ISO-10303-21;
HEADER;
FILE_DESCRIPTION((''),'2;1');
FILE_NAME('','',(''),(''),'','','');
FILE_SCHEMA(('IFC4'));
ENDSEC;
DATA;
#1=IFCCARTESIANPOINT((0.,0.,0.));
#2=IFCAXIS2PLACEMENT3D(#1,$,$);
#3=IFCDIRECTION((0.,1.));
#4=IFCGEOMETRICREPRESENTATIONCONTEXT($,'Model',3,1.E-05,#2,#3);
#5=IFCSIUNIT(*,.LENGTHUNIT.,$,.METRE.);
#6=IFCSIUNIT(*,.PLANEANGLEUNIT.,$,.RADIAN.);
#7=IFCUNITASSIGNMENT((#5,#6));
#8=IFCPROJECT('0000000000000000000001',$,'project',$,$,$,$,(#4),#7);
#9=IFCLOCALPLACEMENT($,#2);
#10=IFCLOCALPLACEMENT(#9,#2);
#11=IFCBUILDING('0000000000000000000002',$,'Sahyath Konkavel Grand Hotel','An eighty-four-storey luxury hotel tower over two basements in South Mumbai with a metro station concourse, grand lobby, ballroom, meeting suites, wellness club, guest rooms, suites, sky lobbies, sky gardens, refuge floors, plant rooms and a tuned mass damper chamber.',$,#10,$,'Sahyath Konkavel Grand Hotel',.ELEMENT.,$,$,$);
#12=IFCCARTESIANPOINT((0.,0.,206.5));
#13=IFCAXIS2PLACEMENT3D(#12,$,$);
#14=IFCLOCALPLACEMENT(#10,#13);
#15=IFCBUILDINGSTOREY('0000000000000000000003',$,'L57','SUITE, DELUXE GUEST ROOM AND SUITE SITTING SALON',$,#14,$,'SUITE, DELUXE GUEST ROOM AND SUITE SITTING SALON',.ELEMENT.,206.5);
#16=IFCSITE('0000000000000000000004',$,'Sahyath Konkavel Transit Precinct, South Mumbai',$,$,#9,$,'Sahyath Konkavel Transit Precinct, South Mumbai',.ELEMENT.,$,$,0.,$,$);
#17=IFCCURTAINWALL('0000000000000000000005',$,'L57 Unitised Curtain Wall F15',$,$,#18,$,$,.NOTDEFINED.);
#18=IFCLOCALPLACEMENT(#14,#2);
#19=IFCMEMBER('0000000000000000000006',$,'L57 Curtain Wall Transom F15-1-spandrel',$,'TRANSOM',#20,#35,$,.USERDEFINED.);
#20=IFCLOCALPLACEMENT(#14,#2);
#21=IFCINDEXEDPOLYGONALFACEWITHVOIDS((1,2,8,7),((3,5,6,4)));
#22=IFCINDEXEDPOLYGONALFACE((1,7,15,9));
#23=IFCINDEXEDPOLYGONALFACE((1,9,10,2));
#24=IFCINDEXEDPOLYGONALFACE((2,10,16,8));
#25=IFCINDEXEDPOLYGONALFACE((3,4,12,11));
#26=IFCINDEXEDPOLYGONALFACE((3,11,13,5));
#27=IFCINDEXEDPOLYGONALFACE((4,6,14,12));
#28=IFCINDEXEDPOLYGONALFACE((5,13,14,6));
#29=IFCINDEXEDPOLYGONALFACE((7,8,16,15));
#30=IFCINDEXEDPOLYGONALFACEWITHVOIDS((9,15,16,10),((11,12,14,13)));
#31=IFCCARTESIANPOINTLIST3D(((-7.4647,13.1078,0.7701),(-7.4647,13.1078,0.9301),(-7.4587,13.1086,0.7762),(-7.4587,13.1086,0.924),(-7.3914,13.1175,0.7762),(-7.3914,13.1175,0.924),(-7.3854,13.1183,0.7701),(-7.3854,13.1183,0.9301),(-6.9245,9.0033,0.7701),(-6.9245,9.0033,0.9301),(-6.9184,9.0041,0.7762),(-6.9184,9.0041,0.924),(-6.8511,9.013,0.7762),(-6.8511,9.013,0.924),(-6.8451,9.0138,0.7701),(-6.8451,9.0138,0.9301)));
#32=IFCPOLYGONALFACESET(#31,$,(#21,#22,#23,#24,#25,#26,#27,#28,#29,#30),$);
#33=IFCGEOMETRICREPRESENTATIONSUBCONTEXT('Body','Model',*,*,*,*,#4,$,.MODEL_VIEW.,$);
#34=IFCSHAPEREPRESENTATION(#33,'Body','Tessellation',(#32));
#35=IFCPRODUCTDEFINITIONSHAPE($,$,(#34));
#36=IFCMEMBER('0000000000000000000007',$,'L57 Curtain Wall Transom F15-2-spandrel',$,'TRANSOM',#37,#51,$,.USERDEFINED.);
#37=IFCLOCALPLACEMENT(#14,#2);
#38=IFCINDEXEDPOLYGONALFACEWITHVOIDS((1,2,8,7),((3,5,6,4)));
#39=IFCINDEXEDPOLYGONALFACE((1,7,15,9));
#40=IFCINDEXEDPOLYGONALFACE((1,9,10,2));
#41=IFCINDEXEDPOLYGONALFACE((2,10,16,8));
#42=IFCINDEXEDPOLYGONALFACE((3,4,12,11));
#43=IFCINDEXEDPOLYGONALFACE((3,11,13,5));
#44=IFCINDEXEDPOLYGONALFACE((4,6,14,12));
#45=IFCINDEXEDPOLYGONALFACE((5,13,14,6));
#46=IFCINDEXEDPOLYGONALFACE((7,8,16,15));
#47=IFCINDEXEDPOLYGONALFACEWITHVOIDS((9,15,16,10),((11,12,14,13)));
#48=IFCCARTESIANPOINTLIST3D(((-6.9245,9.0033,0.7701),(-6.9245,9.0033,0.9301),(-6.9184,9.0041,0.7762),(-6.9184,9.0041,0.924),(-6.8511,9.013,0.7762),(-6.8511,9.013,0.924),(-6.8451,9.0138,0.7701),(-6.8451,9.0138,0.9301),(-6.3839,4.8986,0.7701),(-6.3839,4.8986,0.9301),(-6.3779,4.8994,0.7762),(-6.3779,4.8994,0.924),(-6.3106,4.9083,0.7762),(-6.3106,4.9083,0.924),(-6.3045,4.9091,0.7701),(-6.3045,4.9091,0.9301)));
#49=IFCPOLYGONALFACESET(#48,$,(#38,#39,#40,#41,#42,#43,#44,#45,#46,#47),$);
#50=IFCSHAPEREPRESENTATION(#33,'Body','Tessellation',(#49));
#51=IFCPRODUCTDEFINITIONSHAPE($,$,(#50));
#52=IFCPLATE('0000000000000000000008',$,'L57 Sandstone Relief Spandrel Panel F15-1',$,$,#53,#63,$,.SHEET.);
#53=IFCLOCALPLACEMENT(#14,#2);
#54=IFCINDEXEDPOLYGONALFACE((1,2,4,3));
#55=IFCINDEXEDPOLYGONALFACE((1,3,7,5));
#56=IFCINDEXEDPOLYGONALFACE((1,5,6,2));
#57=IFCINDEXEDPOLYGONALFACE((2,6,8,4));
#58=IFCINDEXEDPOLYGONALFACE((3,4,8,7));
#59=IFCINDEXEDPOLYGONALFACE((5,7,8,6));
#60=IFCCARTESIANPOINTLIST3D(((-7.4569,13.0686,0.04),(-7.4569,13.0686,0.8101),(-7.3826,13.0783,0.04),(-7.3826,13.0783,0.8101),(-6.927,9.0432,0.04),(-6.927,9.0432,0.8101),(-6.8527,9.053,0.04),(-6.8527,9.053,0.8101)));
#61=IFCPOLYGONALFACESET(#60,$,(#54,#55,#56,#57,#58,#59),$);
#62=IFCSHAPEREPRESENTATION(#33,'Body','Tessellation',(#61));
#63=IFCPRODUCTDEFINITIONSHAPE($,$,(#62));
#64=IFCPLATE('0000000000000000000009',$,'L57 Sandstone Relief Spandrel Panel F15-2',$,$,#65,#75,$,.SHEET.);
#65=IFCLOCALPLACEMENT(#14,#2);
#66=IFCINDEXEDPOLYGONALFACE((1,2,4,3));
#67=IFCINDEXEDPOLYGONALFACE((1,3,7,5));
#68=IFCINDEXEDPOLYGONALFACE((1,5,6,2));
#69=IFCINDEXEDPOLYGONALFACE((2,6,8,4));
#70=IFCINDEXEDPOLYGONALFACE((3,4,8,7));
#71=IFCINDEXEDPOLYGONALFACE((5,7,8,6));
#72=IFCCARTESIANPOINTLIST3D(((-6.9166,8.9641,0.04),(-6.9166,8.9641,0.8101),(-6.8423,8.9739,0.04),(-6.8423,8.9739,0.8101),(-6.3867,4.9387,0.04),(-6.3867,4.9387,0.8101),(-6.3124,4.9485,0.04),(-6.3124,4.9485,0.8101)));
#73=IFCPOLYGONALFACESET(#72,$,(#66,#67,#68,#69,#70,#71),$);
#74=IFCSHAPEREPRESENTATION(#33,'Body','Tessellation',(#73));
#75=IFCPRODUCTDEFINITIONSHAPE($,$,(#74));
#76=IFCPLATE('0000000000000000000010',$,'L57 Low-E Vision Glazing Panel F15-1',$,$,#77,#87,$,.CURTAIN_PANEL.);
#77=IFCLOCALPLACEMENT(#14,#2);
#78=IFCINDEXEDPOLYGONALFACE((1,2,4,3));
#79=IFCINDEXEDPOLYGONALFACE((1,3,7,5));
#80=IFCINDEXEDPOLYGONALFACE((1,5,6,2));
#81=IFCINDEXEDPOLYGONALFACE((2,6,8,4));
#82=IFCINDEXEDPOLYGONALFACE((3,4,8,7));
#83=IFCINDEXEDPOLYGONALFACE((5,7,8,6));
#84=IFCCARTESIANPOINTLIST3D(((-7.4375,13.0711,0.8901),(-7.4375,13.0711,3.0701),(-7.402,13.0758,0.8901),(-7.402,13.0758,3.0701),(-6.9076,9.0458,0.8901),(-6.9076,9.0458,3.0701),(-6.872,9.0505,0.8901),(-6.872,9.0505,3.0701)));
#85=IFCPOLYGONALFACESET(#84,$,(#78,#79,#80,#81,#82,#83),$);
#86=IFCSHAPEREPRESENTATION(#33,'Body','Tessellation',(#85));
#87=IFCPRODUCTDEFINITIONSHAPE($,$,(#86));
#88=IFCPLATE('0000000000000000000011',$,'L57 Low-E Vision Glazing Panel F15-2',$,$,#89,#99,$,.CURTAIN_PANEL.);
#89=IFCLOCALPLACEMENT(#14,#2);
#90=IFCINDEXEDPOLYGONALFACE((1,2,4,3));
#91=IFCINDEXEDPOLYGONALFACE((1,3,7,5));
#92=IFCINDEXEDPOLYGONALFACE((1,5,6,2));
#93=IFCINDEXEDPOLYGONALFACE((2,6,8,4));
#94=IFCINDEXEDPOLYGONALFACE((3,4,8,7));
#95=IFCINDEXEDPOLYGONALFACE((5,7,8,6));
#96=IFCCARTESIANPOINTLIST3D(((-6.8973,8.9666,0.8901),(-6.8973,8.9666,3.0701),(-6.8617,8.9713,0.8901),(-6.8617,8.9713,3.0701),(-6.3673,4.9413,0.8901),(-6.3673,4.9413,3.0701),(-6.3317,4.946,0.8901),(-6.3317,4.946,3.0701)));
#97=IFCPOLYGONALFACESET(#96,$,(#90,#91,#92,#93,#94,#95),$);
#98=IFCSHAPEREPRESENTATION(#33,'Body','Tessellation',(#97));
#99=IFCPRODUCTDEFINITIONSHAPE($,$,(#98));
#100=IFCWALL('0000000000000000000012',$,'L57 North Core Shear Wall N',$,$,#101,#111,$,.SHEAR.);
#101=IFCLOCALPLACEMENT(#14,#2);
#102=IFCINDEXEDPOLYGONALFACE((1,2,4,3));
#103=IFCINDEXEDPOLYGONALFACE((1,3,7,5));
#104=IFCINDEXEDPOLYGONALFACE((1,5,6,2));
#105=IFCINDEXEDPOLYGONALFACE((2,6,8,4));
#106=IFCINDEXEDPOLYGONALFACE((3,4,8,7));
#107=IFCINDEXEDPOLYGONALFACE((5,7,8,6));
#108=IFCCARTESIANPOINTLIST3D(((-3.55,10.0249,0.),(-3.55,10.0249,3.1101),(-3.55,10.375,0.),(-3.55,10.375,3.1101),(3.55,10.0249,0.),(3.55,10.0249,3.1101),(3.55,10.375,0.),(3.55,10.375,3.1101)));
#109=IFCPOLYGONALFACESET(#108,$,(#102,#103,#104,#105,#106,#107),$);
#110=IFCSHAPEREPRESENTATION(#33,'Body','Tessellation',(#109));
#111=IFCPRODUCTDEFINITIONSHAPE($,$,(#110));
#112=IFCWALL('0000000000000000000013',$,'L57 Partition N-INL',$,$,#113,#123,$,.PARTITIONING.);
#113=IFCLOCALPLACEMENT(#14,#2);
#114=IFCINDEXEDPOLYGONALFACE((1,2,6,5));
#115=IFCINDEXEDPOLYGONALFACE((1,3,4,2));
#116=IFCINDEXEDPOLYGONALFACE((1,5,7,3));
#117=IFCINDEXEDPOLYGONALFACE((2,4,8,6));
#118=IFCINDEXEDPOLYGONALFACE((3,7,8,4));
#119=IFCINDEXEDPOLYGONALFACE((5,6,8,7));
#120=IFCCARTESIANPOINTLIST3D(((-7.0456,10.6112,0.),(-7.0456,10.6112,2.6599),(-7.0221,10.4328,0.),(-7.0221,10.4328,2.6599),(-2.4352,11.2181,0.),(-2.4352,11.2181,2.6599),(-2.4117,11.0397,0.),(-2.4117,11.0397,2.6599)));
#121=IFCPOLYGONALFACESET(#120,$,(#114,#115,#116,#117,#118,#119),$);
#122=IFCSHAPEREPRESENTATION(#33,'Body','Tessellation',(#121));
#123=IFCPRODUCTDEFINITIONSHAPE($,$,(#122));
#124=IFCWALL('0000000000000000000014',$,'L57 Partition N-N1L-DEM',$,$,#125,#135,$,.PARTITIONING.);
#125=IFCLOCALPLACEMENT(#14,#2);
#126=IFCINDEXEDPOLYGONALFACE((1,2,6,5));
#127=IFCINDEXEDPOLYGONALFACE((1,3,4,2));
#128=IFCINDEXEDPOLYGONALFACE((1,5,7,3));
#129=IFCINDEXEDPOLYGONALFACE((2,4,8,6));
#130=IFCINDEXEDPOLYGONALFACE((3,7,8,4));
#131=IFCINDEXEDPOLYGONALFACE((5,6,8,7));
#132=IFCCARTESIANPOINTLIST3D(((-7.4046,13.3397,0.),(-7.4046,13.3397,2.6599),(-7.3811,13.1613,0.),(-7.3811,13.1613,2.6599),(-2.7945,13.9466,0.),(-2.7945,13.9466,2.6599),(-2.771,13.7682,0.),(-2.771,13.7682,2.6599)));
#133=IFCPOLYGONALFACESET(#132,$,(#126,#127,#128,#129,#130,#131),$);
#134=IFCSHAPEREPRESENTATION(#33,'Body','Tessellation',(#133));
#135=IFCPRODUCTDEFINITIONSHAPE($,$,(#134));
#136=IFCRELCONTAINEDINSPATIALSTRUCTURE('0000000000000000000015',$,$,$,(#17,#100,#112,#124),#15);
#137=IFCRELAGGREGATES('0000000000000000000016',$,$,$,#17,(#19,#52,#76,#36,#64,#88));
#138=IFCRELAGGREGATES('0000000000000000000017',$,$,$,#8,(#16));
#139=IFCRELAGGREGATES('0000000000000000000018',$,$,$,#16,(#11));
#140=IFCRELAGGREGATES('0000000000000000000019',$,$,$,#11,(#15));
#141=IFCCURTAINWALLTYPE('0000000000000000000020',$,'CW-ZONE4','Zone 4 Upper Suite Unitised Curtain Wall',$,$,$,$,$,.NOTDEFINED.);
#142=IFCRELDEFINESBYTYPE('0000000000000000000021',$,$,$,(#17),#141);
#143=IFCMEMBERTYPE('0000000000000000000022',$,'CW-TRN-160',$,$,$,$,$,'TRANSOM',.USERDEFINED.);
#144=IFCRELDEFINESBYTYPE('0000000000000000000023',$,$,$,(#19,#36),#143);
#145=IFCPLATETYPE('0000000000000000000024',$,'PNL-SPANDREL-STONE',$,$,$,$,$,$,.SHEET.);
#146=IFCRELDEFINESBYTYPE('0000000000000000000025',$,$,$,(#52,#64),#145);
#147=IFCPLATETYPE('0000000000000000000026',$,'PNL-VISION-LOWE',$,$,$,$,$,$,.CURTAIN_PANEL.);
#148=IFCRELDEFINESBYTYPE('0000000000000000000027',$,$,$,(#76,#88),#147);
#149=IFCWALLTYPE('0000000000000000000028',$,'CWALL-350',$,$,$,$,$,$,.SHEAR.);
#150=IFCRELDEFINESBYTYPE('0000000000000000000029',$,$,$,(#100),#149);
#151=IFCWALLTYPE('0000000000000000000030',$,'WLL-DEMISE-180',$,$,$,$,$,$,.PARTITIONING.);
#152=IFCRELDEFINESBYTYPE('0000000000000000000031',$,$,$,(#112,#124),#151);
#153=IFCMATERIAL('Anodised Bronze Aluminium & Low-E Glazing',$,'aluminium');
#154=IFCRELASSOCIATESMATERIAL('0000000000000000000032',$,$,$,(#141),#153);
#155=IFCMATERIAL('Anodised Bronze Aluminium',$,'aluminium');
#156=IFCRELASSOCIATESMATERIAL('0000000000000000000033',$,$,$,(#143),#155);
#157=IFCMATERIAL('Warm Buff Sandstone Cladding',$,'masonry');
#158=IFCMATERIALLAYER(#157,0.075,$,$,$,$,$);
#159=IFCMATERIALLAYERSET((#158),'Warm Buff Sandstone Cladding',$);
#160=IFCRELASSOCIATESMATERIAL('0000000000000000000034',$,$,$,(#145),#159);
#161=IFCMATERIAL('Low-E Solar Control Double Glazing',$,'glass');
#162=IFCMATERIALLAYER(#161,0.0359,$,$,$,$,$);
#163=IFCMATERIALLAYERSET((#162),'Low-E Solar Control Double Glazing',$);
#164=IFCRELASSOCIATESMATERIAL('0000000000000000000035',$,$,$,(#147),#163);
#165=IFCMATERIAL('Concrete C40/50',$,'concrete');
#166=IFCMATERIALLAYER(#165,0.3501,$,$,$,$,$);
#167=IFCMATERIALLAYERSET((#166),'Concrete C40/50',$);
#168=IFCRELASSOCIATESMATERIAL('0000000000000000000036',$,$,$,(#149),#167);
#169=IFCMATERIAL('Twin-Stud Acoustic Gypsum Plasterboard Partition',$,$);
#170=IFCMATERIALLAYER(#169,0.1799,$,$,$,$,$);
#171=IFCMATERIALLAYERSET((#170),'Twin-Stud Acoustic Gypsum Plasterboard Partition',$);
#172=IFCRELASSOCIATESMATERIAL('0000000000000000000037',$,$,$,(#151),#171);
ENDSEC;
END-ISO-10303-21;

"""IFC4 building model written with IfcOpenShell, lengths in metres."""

from ifc_helpers import new_model, si_unit, direction, frame, frame_2d, origin, origin_2d, place, context, subcontext, project, spatial, rectangle, hollow_rectangle, extrude, source, transform, mapped, material, layer, layer_set, material_profile, profile_set, type_object, element, aggregate, save


model = new_model("IFC4")

# Units and contexts
model_context = context("Model", 3, precision=1e-05, world=origin(), true_north=direction((0.0, 1.0)))
body_context = subcontext(model_context, "Body", "Model", "MODEL_VIEW")
ifc_project = project(units=[si_unit("LENGTHUNIT", "METRE"), si_unit("PLANEANGLEUNIT", "RADIAN")], contexts=[model_context])

# Site, building, storey
site_placement = place(None, origin())
site = spatial("IfcSite", under=ifc_project, at=site_placement, Name="Sahyath Konkavel Transit Precinct, South Mumbai", LongName="Sahyath Konkavel Transit Precinct, South Mumbai", CompositionType="ELEMENT", RefElevation=0.0)
building_placement = place(site_placement, origin())
building = spatial("IfcBuilding", under=site, at=building_placement, Name="Sahyath Konkavel Grand Hotel", Description="An eighty-four-storey luxury hotel tower over two basements in South Mumbai with a metro station concourse, grand lobby, ballroom, meeting suites, wellness club, guest rooms, suites, sky lobbies, sky gardens, refuge floors, plant rooms and a tuned mass damper chamber.", LongName="Sahyath Konkavel Grand Hotel", CompositionType="ELEMENT")
storey_placement = place(building_placement, frame((0.0, 0.0, 206.5)))
storey = spatial("IfcBuildingStorey", under=building, at=storey_placement, Name="L57", Description="SUITE, DELUXE GUEST ROOM AND SUITE SITTING SALON", LongName="SUITE, DELUXE GUEST ROOM AND SUITE SITTING SALON", CompositionType="ELEMENT", Elevation=206.5)

# Curtain wall
ifc_material_1 = material(Name="Anodised Bronze Aluminium & Low-E Glazing", Category="aluminium")
curtain_wall_type = type_object("IfcCurtainWallType", Name="CW-ZONE4", Description="Zone 4 Upper Suite Unitised Curtain Wall", PredefinedType="NOTDEFINED", material=ifc_material_1)
curtain_wall_placement = place(storey_placement, origin())
curtain_wall = element("IfcCurtainWall", 1, at=curtain_wall_placement, inside=storey, type_object=curtain_wall_type, Name="L57 Unitised Curtain Wall F15", PredefinedType="NOTDEFINED")
ifc_material_2 = material(Name="Anodised Bronze Aluminium", Category="aluminium")

# Members
ifc_material_profile_1 = material_profile(ifc_material_2, hollow_rectangle(XDim=0.0801, YDim=0.1599, WallThickness=0.0061, at=origin_2d()), Name="RHS 160x80x6")
ifc_profile_set_1 = profile_set([ifc_material_profile_1], Name="Anodised Bronze Aluminium")
member_type_1 = type_object("IfcMemberType", Name="CW-TRN-160", ElementType="TRANSOM", PredefinedType="USERDEFINED", material=ifc_profile_set_1)
shared_shape_1 = source(origin(), body_context, "Body", "SweptSolid", [
    extrude(hollow_rectangle(XDim=0.0801, YDim=0.1599, WallThickness=0.0061, at=origin_2d()), origin(), (0.0, 0.0, 1.0), 4.1399),
])
member_1_placement = place(storey_placement, frame((-7.425, 13.113, 0.8501), z_axis=(0.130506, -0.991447, 0.0), x_axis=(0.991447, 0.130506, 0.0)))
member_1 = element("IfcMember", 2, at=member_1_placement, type_object=member_type_1, Name="L57 Curtain Wall Transom F15-1-spandrel", ObjectType="TRANSOM", PredefinedType="USERDEFINED", context=body_context, shape_type="MappedRepresentation", body=[
    mapped(shared_shape_1, transform((0.0, 0.0, 0.0), scale=1.0)),
])
shared_shape_2 = source(origin(), body_context, "Body", "SweptSolid", [
    extrude(hollow_rectangle(XDim=0.0801, YDim=0.1599, WallThickness=0.0061, at=origin_2d()), origin(), (0.0, 0.0, 1.0), 4.1401),
])
member_2_placement = place(storey_placement, frame((-6.8848, 9.0085, 0.8501), z_axis=(0.130557, -0.991441, 0.0), x_axis=(0.991441, 0.130557, 0.0)))
member_2 = element("IfcMember", 3, at=member_2_placement, type_object=member_type_1, Name="L57 Curtain Wall Transom F15-2-spandrel", ObjectType="TRANSOM", PredefinedType="USERDEFINED", context=body_context, shape_type="MappedRepresentation", body=[
    mapped(shared_shape_2, transform((0.0, 0.0, 0.0), scale=1.0)),
])

# Plates
ifc_material_3 = material(Name="Warm Buff Sandstone Cladding", Category="masonry")
ifc_layer_1 = layer(ifc_material_3, 0.075)
ifc_layer_set_1 = layer_set([ifc_layer_1], Name="Warm Buff Sandstone Cladding")
plate_type_1 = type_object("IfcPlateType", Name="PNL-SPANDREL-STONE", PredefinedType="SHEET", material=ifc_layer_set_1)
shared_shape_3 = source(origin(), body_context, "Body", "SweptSolid", [
    extrude(rectangle(XDim=4.0601, YDim=0.075, at=origin_2d()), origin(), (0.0, 0.0, 1.0), 0.77),
])
plate_1_placement = place(storey_placement, frame((-7.1548, 11.0608, 0.04), z_axis=(0.0, 0.0, 1.0), x_axis=(0.130526, -0.991445, 0.0)))
plate_1 = element("IfcPlate", 4, at=plate_1_placement, type_object=plate_type_1, Name="L57 Sandstone Relief Spandrel Panel F15-1", PredefinedType="SHEET", context=body_context, shape_type="MappedRepresentation", body=[
    mapped(shared_shape_3, transform((0.0, 0.0, 0.0), scale=1.0)),
])
plate_2_placement = place(storey_placement, frame((-6.6145, 6.9563, 0.04), z_axis=(0.0, 0.0, 1.0), x_axis=(0.130526, -0.991445, 0.0)))
plate_2 = element("IfcPlate", 5, at=plate_2_placement, type_object=plate_type_1, Name="L57 Sandstone Relief Spandrel Panel F15-2", PredefinedType="SHEET", context=body_context, shape_type="MappedRepresentation", body=[
    mapped(shared_shape_3, transform((0.0, 0.0, 0.0), scale=1.0)),
])
ifc_material_4 = material(Name="Low-E Solar Control Double Glazing", Category="glass")
ifc_layer_2 = layer(ifc_material_4, 0.0359)
ifc_layer_set_2 = layer_set([ifc_layer_2], Name="Low-E Solar Control Double Glazing")
plate_type_2 = type_object("IfcPlateType", Name="PNL-VISION-LOWE", PredefinedType="CURTAIN_PANEL", material=ifc_layer_set_2)
shared_shape_4 = source(origin(), body_context, "Body", "SweptSolid", [
    extrude(rectangle(XDim=4.0601, YDim=0.0359, at=origin_2d()), origin(), (0.0, 0.0, 1.0), 2.1799),
])
plate_3_placement = place(storey_placement, frame((-7.1548, 11.0608, 0.8901), z_axis=(0.0, 0.0, 1.0), x_axis=(0.130526, -0.991445, 0.0)))
plate_3 = element("IfcPlate", 6, at=plate_3_placement, type_object=plate_type_2, Name="L57 Low-E Vision Glazing Panel F15-1", PredefinedType="CURTAIN_PANEL", context=body_context, shape_type="MappedRepresentation", body=[
    mapped(shared_shape_4, transform((0.0, 0.0, 0.0), scale=1.0)),
])
plate_4_placement = place(storey_placement, frame((-6.6145, 6.9563, 0.8901), z_axis=(0.0, 0.0, 1.0), x_axis=(0.130526, -0.991445, 0.0)))
plate_4 = element("IfcPlate", 7, at=plate_4_placement, type_object=plate_type_2, Name="L57 Low-E Vision Glazing Panel F15-2", PredefinedType="CURTAIN_PANEL", context=body_context, shape_type="MappedRepresentation", body=[
    mapped(shared_shape_4, transform((0.0, 0.0, 0.0), scale=1.0)),
])
aggregate(curtain_wall, [member_1, plate_1, plate_3, member_2, plate_2, plate_4])

# Walls
ifc_material_5 = material(Name="Concrete C40/50", Category="concrete")
ifc_layer_3 = layer(ifc_material_5, 0.3501)
ifc_layer_set_3 = layer_set([ifc_layer_3], Name="Concrete C40/50")
wall_type_1 = type_object("IfcWallType", Name="CWALL-350", PredefinedType="SHEAR", material=ifc_layer_set_3)
wall_1_placement = place(storey_placement, frame((-3.55, 10.2, 0.0), z_axis=(0.0, 0.0, 1.0), x_axis=(1.0, 0.0, 0.0)))
element("IfcWall", 8, at=wall_1_placement, inside=storey, type_object=wall_type_1, Name="L57 North Core Shear Wall N", PredefinedType="SHEAR", context=body_context, shape_type="SweptSolid", body=[
    extrude(rectangle(XDim=7.1001, YDim=0.3501, at=frame_2d((3.55, 0.0))), origin(), (0.0, 0.0, 1.0), 3.1101),
])
ifc_material_6 = material(Name="Twin-Stud Acoustic Gypsum Plasterboard Partition")
ifc_layer_4 = layer(ifc_material_6, 0.1799)
ifc_layer_set_4 = layer_set([ifc_layer_4], Name="Twin-Stud Acoustic Gypsum Plasterboard Partition")
wall_type_2 = type_object("IfcWallType", Name="WLL-DEMISE-180", PredefinedType="PARTITIONING", material=ifc_layer_set_4)
wall_2_placement = place(storey_placement, frame((-2.4233, 11.1289, 0.0), z_axis=(0.0, 0.0, 1.0), x_axis=(-0.991446, -0.13052, 0.0)))
element("IfcWall", 9, at=wall_2_placement, inside=storey, type_object=wall_type_2, Name="L57 Partition N-INL", PredefinedType="PARTITIONING", context=body_context, shape_type="SweptSolid", body=[
    extrude(rectangle(XDim=4.6501, YDim=0.1799, at=frame_2d((2.3252, 0.0))), origin(), (0.0, 0.0, 1.0), 2.6599),
])
wall_3_placement = place(storey_placement, frame((-2.7827, 13.8574, 0.0), z_axis=(0.0, 0.0, 1.0), x_axis=(-0.991445, -0.130526, 0.0)))
element("IfcWall", 10, at=wall_3_placement, inside=storey, type_object=wall_type_2, Name="L57 Partition N-N1L-DEM", PredefinedType="PARTITIONING", context=body_context, shape_type="SweptSolid", body=[
    extrude(rectangle(XDim=4.6499, YDim=0.1799, at=frame_2d((2.325, 0.0))), origin(), (0.0, 0.0, 1.0), 2.6599),
])

save(model, "model.ifc")
